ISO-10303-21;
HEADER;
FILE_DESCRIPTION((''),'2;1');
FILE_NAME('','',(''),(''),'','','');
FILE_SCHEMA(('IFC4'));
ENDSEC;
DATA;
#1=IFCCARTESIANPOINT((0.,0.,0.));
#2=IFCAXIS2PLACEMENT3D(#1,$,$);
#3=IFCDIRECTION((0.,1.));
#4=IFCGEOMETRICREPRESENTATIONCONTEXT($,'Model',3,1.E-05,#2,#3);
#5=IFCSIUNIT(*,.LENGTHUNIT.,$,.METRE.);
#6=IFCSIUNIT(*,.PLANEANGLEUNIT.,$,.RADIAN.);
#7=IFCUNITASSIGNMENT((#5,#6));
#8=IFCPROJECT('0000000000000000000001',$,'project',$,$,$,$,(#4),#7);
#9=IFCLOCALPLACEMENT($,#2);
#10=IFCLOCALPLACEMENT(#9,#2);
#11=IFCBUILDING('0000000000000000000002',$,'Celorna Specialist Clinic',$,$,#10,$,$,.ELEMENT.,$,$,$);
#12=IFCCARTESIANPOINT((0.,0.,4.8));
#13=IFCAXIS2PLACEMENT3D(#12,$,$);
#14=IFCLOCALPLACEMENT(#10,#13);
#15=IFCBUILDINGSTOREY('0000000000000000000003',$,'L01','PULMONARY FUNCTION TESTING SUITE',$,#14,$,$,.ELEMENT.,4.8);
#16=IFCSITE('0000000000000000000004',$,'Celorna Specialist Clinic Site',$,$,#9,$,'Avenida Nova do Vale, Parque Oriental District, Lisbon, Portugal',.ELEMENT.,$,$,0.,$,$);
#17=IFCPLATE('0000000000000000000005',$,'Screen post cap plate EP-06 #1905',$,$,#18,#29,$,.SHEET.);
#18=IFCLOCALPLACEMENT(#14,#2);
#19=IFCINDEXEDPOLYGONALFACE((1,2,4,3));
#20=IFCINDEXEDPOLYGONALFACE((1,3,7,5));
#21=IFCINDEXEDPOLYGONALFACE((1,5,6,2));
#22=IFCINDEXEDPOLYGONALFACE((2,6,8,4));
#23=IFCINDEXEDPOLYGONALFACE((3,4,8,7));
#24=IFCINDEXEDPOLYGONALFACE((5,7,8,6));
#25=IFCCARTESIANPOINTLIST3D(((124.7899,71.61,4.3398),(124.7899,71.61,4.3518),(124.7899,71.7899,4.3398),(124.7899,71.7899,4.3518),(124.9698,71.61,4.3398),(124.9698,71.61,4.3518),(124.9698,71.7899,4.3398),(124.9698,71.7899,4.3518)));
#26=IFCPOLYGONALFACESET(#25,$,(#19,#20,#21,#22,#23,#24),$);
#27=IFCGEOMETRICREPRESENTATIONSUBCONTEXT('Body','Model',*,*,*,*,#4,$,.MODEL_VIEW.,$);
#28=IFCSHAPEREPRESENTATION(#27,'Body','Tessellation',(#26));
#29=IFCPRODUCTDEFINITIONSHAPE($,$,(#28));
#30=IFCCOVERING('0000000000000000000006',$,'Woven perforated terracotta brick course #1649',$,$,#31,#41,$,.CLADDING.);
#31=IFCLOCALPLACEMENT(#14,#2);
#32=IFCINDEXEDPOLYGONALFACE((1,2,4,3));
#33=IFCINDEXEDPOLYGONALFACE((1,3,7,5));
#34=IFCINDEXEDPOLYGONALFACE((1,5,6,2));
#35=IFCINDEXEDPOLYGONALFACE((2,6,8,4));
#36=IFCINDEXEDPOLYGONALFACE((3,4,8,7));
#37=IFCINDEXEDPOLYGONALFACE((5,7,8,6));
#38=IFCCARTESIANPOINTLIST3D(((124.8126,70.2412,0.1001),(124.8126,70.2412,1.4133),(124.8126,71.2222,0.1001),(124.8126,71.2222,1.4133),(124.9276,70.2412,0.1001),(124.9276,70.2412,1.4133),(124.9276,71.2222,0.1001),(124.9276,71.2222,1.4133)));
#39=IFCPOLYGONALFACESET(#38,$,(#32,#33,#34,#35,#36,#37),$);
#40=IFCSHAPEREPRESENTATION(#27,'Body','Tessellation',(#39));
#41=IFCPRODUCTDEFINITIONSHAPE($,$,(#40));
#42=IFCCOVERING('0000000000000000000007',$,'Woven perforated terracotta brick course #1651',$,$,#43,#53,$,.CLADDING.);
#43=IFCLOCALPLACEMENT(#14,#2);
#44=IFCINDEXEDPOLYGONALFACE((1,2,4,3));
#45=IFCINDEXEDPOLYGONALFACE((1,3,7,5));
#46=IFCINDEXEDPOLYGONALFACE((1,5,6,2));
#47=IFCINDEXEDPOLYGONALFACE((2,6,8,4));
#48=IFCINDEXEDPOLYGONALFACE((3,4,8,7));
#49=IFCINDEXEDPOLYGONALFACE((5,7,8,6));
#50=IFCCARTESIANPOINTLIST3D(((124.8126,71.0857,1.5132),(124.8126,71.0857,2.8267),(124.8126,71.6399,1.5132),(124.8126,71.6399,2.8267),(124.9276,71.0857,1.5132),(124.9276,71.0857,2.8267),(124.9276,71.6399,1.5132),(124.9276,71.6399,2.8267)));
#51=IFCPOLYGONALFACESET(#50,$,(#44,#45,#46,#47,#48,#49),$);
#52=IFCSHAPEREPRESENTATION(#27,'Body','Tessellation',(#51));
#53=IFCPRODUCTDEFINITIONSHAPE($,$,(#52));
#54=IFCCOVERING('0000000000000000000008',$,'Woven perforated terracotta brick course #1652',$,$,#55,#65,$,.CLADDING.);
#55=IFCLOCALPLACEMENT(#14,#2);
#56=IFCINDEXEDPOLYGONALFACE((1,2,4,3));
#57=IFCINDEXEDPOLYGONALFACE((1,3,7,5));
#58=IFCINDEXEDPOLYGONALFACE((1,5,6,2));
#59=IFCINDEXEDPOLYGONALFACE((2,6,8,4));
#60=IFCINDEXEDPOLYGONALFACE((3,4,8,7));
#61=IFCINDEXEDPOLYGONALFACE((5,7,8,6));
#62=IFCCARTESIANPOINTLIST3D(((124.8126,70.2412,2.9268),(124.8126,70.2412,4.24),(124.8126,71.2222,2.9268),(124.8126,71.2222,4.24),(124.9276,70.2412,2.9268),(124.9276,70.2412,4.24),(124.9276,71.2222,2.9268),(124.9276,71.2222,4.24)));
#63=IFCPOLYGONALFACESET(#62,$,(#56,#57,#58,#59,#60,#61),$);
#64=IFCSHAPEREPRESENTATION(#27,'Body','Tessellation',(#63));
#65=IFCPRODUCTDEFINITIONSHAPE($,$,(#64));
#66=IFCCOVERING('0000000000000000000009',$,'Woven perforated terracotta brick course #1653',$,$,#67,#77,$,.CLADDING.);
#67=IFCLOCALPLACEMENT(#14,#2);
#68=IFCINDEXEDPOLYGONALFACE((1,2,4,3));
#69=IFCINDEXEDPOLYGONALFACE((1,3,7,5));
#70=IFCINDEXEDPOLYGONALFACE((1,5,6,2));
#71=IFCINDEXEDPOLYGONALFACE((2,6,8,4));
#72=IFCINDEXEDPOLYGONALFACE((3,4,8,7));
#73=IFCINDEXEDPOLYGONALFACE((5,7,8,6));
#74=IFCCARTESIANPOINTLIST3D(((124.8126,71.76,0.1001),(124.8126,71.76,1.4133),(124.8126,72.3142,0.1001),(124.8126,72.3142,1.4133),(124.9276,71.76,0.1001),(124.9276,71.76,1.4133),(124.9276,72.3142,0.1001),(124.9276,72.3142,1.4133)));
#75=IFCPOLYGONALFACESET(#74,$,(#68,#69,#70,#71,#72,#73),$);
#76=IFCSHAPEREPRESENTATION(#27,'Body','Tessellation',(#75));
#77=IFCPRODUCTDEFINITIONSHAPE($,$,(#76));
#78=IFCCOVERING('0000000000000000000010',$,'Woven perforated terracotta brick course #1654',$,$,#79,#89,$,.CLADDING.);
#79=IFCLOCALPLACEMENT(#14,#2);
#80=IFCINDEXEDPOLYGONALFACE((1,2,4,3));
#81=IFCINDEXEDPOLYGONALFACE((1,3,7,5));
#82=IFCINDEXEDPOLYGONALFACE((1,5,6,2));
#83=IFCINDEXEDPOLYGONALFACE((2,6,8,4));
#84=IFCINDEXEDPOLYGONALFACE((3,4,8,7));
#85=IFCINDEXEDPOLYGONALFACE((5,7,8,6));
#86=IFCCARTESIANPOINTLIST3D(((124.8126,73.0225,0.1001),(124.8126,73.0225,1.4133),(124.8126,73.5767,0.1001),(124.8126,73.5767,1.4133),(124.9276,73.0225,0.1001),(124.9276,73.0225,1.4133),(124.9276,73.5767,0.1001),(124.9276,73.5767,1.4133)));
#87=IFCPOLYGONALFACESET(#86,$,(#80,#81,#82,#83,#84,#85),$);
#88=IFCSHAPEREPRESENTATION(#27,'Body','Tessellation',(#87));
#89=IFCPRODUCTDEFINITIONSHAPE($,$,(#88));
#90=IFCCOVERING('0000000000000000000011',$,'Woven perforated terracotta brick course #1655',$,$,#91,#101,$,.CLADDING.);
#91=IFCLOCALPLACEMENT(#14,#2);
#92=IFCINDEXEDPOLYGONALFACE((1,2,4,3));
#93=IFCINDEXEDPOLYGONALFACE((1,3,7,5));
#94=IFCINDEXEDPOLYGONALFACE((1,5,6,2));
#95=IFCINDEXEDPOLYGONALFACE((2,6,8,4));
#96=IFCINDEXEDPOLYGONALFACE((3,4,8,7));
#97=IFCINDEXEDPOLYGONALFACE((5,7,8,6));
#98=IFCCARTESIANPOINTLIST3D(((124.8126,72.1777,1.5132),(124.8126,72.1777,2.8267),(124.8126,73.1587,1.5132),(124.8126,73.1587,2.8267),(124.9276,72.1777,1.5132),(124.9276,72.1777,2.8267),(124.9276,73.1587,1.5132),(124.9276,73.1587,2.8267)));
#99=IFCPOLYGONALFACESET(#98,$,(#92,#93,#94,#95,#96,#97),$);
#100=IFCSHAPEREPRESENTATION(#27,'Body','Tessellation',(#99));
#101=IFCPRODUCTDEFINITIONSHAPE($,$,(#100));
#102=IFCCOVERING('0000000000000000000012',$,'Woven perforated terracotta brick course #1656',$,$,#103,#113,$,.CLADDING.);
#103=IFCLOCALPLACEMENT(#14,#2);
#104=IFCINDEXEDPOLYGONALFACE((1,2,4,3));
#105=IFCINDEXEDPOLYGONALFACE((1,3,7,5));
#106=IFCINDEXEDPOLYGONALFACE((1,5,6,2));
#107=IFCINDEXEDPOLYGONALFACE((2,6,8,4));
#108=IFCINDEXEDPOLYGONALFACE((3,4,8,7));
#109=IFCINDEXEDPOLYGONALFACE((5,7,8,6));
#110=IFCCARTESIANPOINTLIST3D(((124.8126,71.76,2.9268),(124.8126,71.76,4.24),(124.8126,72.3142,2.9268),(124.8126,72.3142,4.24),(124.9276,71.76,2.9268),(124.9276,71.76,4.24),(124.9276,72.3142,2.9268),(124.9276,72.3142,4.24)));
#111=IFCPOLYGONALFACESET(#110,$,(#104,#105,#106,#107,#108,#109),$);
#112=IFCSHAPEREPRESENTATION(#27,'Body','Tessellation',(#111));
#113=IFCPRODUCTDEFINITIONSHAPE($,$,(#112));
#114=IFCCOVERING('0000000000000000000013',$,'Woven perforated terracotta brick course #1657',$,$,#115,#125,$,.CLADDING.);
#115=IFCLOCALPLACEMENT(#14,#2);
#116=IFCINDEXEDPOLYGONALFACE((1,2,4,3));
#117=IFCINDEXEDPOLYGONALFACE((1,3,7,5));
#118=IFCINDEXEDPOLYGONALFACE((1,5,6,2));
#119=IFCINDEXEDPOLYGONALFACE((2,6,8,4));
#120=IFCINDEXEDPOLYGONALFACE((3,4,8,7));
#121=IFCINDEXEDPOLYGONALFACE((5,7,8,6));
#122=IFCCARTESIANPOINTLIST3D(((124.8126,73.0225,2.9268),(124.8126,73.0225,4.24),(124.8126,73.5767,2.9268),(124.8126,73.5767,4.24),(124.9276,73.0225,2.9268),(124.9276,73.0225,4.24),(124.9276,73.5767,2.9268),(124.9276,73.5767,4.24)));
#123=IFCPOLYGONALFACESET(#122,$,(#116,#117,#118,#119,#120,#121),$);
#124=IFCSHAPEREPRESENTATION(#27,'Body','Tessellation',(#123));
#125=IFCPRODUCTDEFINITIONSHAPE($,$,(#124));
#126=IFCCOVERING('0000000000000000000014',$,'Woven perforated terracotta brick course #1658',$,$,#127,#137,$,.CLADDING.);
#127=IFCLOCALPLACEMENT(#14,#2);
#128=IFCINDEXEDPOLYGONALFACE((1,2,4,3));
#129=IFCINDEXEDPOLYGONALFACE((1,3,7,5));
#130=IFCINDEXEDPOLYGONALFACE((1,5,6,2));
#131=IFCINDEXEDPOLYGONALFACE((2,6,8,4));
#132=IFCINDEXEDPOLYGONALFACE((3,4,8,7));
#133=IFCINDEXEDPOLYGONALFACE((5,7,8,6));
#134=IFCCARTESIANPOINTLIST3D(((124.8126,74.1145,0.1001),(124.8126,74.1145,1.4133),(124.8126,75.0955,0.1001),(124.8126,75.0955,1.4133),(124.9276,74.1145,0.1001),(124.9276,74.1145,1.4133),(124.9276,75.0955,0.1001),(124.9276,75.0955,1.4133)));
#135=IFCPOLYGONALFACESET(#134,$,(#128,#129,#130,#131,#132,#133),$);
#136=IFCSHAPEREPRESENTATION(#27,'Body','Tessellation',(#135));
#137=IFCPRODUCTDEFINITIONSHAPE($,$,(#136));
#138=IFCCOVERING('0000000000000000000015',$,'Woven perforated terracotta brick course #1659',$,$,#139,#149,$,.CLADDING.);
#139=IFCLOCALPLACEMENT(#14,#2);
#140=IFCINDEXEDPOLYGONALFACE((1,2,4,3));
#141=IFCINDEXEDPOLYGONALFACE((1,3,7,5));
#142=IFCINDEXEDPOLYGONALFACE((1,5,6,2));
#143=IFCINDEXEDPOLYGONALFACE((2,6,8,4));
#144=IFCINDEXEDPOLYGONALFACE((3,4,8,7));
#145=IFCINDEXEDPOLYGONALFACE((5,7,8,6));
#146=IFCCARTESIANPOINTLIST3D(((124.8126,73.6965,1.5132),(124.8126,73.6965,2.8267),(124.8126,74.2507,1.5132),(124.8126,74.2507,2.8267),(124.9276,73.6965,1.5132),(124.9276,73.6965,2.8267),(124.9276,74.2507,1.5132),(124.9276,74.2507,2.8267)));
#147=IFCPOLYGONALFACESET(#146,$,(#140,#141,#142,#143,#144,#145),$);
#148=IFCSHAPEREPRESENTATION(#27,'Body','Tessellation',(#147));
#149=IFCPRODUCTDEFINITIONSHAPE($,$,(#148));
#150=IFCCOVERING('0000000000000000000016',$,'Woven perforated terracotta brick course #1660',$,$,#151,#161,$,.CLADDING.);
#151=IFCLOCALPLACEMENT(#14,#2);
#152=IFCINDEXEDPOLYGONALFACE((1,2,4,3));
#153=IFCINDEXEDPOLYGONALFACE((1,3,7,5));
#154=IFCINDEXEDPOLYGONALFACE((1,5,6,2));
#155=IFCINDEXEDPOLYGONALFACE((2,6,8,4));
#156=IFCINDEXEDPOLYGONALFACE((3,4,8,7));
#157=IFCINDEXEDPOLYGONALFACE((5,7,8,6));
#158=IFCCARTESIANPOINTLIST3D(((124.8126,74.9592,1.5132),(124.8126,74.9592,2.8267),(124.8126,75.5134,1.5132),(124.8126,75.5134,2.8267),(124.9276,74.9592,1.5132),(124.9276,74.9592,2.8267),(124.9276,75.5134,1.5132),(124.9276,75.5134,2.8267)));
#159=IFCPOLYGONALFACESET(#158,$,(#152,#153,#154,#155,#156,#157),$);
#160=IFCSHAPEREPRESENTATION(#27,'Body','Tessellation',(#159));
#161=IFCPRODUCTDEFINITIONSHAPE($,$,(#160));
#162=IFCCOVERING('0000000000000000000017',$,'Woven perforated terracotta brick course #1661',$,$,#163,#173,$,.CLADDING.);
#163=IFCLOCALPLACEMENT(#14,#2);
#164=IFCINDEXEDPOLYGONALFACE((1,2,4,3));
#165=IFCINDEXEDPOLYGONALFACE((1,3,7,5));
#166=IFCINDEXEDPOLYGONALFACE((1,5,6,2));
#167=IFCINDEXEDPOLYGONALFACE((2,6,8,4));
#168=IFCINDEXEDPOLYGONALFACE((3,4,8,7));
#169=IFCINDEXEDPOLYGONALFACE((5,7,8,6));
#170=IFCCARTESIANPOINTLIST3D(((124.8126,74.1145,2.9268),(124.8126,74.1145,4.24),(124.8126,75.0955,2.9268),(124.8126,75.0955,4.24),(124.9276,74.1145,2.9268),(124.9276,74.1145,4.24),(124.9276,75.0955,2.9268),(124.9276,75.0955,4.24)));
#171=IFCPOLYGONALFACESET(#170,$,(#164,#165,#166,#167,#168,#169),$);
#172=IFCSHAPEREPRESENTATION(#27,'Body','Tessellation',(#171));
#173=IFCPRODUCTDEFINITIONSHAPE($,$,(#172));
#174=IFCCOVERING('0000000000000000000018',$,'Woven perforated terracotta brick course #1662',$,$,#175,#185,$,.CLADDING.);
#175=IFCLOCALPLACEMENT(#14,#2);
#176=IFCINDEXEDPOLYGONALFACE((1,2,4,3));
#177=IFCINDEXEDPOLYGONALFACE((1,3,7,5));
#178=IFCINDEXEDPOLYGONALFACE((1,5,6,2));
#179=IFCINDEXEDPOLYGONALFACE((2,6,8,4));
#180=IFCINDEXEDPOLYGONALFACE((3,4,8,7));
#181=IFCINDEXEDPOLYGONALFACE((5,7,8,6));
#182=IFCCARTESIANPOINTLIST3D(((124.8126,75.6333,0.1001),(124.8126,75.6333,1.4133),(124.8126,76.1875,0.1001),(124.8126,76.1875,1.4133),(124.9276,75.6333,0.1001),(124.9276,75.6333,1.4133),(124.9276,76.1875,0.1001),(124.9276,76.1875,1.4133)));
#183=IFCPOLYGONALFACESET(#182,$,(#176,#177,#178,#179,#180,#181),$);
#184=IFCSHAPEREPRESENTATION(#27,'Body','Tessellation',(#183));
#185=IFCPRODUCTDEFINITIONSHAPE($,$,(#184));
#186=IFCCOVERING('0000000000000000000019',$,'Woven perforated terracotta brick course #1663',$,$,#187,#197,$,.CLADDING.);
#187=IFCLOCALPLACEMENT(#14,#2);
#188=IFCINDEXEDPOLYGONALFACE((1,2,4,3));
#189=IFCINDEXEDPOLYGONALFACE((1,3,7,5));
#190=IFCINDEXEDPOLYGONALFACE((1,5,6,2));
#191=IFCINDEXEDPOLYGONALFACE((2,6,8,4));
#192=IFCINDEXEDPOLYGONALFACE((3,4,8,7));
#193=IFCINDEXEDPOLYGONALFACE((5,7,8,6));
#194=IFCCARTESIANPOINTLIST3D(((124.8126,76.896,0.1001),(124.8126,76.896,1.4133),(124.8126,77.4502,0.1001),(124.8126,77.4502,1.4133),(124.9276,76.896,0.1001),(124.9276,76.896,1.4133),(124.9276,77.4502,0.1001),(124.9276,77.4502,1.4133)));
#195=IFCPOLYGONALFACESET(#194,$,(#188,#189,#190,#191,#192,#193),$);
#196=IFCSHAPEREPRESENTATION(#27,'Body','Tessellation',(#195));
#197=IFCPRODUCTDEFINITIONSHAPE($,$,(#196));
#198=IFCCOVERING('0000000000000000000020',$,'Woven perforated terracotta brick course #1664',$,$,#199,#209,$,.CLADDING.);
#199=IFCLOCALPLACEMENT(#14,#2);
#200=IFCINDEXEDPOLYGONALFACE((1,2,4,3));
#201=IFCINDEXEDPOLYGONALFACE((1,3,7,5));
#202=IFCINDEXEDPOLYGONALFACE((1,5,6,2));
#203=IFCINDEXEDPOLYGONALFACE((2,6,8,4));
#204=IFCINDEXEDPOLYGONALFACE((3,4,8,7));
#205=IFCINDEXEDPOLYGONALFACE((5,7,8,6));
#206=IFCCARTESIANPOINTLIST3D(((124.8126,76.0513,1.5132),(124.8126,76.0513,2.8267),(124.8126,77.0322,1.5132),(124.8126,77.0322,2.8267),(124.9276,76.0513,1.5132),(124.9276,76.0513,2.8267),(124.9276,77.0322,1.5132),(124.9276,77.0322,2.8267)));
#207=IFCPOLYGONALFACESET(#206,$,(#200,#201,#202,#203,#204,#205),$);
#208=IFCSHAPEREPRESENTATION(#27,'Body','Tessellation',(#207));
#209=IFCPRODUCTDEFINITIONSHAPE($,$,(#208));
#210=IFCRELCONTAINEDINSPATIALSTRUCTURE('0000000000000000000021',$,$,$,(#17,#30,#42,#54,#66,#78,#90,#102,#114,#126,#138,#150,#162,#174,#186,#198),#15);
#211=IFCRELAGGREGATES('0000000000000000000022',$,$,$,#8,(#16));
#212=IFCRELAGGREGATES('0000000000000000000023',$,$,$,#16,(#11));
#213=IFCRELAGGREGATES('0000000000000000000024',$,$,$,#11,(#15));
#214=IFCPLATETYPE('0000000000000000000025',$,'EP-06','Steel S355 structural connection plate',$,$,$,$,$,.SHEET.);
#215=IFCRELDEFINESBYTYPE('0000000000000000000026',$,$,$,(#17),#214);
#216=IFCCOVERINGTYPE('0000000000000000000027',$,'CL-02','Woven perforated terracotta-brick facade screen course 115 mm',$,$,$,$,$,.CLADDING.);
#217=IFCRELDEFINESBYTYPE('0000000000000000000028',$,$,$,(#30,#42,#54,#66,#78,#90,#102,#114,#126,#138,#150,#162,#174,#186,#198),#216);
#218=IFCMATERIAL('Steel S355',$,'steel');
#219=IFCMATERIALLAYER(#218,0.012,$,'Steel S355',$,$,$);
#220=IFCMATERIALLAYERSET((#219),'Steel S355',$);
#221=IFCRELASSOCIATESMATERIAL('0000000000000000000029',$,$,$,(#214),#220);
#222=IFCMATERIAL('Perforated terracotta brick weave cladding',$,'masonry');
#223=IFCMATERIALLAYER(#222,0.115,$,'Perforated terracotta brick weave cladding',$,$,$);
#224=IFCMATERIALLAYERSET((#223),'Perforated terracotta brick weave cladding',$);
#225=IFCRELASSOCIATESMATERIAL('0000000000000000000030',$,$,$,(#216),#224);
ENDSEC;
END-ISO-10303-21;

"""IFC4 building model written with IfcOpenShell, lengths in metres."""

from ifc_helpers import new_model, si_unit, direction, frame, origin, origin_2d, place, context, subcontext, project, spatial, rectangle, extrude, material, layer, layer_set, type_object, element, save


model = new_model("IFC4")

# Units and contexts
model_context = context("Model", 3, precision=1e-05, world=origin(), true_north=direction((0.0, 1.0)))
body_context = subcontext(model_context, "Body", "Model", "MODEL_VIEW")
ifc_project = project(units=[si_unit("LENGTHUNIT", "METRE"), si_unit("PLANEANGLEUNIT", "RADIAN")], contexts=[model_context])

# Site, building, storey
site_placement = place(None, origin())
site = spatial("IfcSite", under=ifc_project, at=site_placement, Name="Celorna Specialist Clinic Site", LongName="Avenida Nova do Vale, Parque Oriental District, Lisbon, Portugal", CompositionType="ELEMENT", RefElevation=0.0)
building_placement = place(site_placement, origin())
building = spatial("IfcBuilding", under=site, at=building_placement, Name="Celorna Specialist Clinic", CompositionType="ELEMENT")
storey_placement = place(building_placement, frame((0.0, 0.0, 4.8)))
storey = spatial("IfcBuildingStorey", under=building, at=storey_placement, Name="L01", Description="PULMONARY FUNCTION TESTING SUITE", CompositionType="ELEMENT", Elevation=4.8)

# Shared definitions
ifc_material_1 = material(Name="Steel S355", Category="steel")

# Plate
ifc_layer_1 = layer(ifc_material_1, 0.012, Name="Steel S355")
ifc_layer_set_1 = layer_set([ifc_layer_1], Name="Steel S355")
plate_type = type_object("IfcPlateType", Name="EP-06", Description="Steel S355 structural connection plate", PredefinedType="SHEET", material=ifc_layer_set_1)
plate_placement = place(storey_placement, frame((124.8799, 71.7, 4.3398), z_axis=(0.0, 0.0, 1.0), x_axis=(0.0, 1.0, 0.0)))
element("IfcPlate", 1, at=plate_placement, inside=storey, type_object=plate_type, Name="Screen post cap plate EP-06 #1905", PredefinedType="SHEET", context=body_context, shape_type="SweptSolid", body=[
    extrude(rectangle(XDim=0.1799, YDim=0.1799, at=origin_2d()), origin(), (0.0, 0.0, 1.0), 0.012),
])

# Coverings
ifc_material_2 = material(Name="Perforated terracotta brick weave cladding", Category="masonry")
ifc_layer_2 = layer(ifc_material_2, 0.115, Name="Perforated terracotta brick weave cladding")
ifc_layer_set_2 = layer_set([ifc_layer_2], Name="Perforated terracotta brick weave cladding")
covering_type = type_object("IfcCoveringType", Name="CL-02", Description="Woven perforated terracotta-brick facade screen course 115 mm", PredefinedType="CLADDING", material=ifc_layer_set_2)
covering_1_placement = place(storey_placement, frame((124.8701, 70.7317, 0.1001), z_axis=(0.0, 0.0, 1.0), x_axis=(0.0, 1.0, 0.0)))
element("IfcCovering", 2, at=covering_1_placement, inside=storey, type_object=covering_type, Name="Woven perforated terracotta brick course #1649", PredefinedType="CLADDING", context=body_context, shape_type="SweptSolid", body=[
    extrude(rectangle(XDim=0.981, YDim=0.115, at=origin_2d()), origin(), (0.0, 0.0, 1.0), 1.3132),
])
covering_2_placement = place(storey_placement, frame((124.8701, 71.3628, 1.5132), z_axis=(0.0, 0.0, 1.0), x_axis=(0.0, 1.0, 0.0)))
element("IfcCovering", 3, at=covering_2_placement, inside=storey, type_object=covering_type, Name="Woven perforated terracotta brick course #1651", PredefinedType="CLADDING", context=body_context, shape_type="SweptSolid", body=[
    extrude(rectangle(XDim=0.5542, YDim=0.115, at=origin_2d()), origin(), (0.0, 0.0, 1.0), 1.3135),
])
covering_3_placement = place(storey_placement, frame((124.8701, 70.7317, 2.9268), z_axis=(0.0, 0.0, 1.0), x_axis=(0.0, 1.0, 0.0)))
element("IfcCovering", 4, at=covering_3_placement, inside=storey, type_object=covering_type, Name="Woven perforated terracotta brick course #1652", PredefinedType="CLADDING", context=body_context, shape_type="SweptSolid", body=[
    extrude(rectangle(XDim=0.981, YDim=0.115, at=origin_2d()), origin(), (0.0, 0.0, 1.0), 1.3132),
])
for number, where, z_axis, x_axis, name in (
    (5, (124.8701, 72.0371, 0.1001), (0.0, 0.0, 1.0), (0.0, 1.0, 0.0), "Woven perforated terracotta brick course #1653"),
    (6, (124.8701, 73.2996, 0.1001), (0.0, 0.0, 1.0), (0.0, 1.0, 0.0), "Woven perforated terracotta brick course #1654"),
):
    element("IfcCovering", number, at=place(storey_placement, frame(where, z_axis=z_axis, x_axis=x_axis)), inside=storey, type_object=covering_type, Name=name, PredefinedType="CLADDING", context=body_context, shape_type="SweptSolid", body=[
        extrude(rectangle(XDim=0.5542, YDim=0.115, at=origin_2d()), origin(), (0.0, 0.0, 1.0), 1.3132),
    ])
covering_4_placement = place(storey_placement, frame((124.8701, 72.6682, 1.5132), z_axis=(0.0, 0.0, 1.0), x_axis=(0.0, 1.0, 0.0)))
element("IfcCovering", 7, at=covering_4_placement, inside=storey, type_object=covering_type, Name="Woven perforated terracotta brick course #1655", PredefinedType="CLADDING", context=body_context, shape_type="SweptSolid", body=[
    extrude(rectangle(XDim=0.981, YDim=0.115, at=origin_2d()), origin(), (0.0, 0.0, 1.0), 1.3135),
])
for number, where, z_axis, x_axis, name in (
    (8, (124.8701, 72.0371, 2.9268), (0.0, 0.0, 1.0), (0.0, 1.0, 0.0), "Woven perforated terracotta brick course #1656"),
    (9, (124.8701, 73.2996, 2.9268), (0.0, 0.0, 1.0), (0.0, 1.0, 0.0), "Woven perforated terracotta brick course #1657"),
):
    element("IfcCovering", number, at=place(storey_placement, frame(where, z_axis=z_axis, x_axis=x_axis)), inside=storey, type_object=covering_type, Name=name, PredefinedType="CLADDING", context=body_context, shape_type="SweptSolid", body=[
        extrude(rectangle(XDim=0.5542, YDim=0.115, at=origin_2d()), origin(), (0.0, 0.0, 1.0), 1.3132),
    ])
covering_5_placement = place(storey_placement, frame((124.8701, 74.605, 0.1001), z_axis=(0.0, 0.0, 1.0), x_axis=(0.0, 1.0, 0.0)))
element("IfcCovering", 10, at=covering_5_placement, inside=storey, type_object=covering_type, Name="Woven perforated terracotta brick course #1658", PredefinedType="CLADDING", context=body_context, shape_type="SweptSolid", body=[
    extrude(rectangle(XDim=0.981, YDim=0.115, at=origin_2d()), origin(), (0.0, 0.0, 1.0), 1.3132),
])
for number, where, z_axis, x_axis, name in (
    (11, (124.8701, 73.9736, 1.5132), (0.0, 0.0, 1.0), (0.0, 1.0, 0.0), "Woven perforated terracotta brick course #1659"),
    (12, (124.8701, 75.2363, 1.5132), (0.0, 0.0, 1.0), (0.0, 1.0, 0.0), "Woven perforated terracotta brick course #1660"),
):
    element("IfcCovering", number, at=place(storey_placement, frame(where, z_axis=z_axis, x_axis=x_axis)), inside=storey, type_object=covering_type, Name=name, PredefinedType="CLADDING", context=body_context, shape_type="SweptSolid", body=[
        extrude(rectangle(XDim=0.5542, YDim=0.115, at=origin_2d()), origin(), (0.0, 0.0, 1.0), 1.3135),
    ])
covering_6_placement = place(storey_placement, frame((124.8701, 74.605, 2.9268), z_axis=(0.0, 0.0, 1.0), x_axis=(0.0, 1.0, 0.0)))
element("IfcCovering", 13, at=covering_6_placement, inside=storey, type_object=covering_type, Name="Woven perforated terracotta brick course #1661", PredefinedType="CLADDING", context=body_context, shape_type="SweptSolid", body=[
    extrude(rectangle(XDim=0.981, YDim=0.115, at=origin_2d()), origin(), (0.0, 0.0, 1.0), 1.3132),
])
for number, where, z_axis, x_axis, name in (
    (14, (124.8701, 75.9104, 0.1001), (0.0, 0.0, 1.0), (0.0, 1.0, 0.0), "Woven perforated terracotta brick course #1662"),
    (15, (124.8701, 77.1731, 0.1001), (0.0, 0.0, 1.0), (0.0, 1.0, 0.0), "Woven perforated terracotta brick course #1663"),
):
    element("IfcCovering", number, at=place(storey_placement, frame(where, z_axis=z_axis, x_axis=x_axis)), inside=storey, type_object=covering_type, Name=name, PredefinedType="CLADDING", context=body_context, shape_type="SweptSolid", body=[
        extrude(rectangle(XDim=0.5542, YDim=0.115, at=origin_2d()), origin(), (0.0, 0.0, 1.0), 1.3132),
    ])
covering_7_placement = place(storey_placement, frame((124.8701, 76.5417, 1.5132), z_axis=(0.0, 0.0, 1.0), x_axis=(0.0, 1.0, 0.0)))
element("IfcCovering", 16, at=covering_7_placement, inside=storey, type_object=covering_type, Name="Woven perforated terracotta brick course #1664", PredefinedType="CLADDING", context=body_context, shape_type="SweptSolid", body=[
    extrude(rectangle(XDim=0.981, YDim=0.115, at=origin_2d()), origin(), (0.0, 0.0, 1.0), 1.3135),
])

save(model, "model.ifc")
